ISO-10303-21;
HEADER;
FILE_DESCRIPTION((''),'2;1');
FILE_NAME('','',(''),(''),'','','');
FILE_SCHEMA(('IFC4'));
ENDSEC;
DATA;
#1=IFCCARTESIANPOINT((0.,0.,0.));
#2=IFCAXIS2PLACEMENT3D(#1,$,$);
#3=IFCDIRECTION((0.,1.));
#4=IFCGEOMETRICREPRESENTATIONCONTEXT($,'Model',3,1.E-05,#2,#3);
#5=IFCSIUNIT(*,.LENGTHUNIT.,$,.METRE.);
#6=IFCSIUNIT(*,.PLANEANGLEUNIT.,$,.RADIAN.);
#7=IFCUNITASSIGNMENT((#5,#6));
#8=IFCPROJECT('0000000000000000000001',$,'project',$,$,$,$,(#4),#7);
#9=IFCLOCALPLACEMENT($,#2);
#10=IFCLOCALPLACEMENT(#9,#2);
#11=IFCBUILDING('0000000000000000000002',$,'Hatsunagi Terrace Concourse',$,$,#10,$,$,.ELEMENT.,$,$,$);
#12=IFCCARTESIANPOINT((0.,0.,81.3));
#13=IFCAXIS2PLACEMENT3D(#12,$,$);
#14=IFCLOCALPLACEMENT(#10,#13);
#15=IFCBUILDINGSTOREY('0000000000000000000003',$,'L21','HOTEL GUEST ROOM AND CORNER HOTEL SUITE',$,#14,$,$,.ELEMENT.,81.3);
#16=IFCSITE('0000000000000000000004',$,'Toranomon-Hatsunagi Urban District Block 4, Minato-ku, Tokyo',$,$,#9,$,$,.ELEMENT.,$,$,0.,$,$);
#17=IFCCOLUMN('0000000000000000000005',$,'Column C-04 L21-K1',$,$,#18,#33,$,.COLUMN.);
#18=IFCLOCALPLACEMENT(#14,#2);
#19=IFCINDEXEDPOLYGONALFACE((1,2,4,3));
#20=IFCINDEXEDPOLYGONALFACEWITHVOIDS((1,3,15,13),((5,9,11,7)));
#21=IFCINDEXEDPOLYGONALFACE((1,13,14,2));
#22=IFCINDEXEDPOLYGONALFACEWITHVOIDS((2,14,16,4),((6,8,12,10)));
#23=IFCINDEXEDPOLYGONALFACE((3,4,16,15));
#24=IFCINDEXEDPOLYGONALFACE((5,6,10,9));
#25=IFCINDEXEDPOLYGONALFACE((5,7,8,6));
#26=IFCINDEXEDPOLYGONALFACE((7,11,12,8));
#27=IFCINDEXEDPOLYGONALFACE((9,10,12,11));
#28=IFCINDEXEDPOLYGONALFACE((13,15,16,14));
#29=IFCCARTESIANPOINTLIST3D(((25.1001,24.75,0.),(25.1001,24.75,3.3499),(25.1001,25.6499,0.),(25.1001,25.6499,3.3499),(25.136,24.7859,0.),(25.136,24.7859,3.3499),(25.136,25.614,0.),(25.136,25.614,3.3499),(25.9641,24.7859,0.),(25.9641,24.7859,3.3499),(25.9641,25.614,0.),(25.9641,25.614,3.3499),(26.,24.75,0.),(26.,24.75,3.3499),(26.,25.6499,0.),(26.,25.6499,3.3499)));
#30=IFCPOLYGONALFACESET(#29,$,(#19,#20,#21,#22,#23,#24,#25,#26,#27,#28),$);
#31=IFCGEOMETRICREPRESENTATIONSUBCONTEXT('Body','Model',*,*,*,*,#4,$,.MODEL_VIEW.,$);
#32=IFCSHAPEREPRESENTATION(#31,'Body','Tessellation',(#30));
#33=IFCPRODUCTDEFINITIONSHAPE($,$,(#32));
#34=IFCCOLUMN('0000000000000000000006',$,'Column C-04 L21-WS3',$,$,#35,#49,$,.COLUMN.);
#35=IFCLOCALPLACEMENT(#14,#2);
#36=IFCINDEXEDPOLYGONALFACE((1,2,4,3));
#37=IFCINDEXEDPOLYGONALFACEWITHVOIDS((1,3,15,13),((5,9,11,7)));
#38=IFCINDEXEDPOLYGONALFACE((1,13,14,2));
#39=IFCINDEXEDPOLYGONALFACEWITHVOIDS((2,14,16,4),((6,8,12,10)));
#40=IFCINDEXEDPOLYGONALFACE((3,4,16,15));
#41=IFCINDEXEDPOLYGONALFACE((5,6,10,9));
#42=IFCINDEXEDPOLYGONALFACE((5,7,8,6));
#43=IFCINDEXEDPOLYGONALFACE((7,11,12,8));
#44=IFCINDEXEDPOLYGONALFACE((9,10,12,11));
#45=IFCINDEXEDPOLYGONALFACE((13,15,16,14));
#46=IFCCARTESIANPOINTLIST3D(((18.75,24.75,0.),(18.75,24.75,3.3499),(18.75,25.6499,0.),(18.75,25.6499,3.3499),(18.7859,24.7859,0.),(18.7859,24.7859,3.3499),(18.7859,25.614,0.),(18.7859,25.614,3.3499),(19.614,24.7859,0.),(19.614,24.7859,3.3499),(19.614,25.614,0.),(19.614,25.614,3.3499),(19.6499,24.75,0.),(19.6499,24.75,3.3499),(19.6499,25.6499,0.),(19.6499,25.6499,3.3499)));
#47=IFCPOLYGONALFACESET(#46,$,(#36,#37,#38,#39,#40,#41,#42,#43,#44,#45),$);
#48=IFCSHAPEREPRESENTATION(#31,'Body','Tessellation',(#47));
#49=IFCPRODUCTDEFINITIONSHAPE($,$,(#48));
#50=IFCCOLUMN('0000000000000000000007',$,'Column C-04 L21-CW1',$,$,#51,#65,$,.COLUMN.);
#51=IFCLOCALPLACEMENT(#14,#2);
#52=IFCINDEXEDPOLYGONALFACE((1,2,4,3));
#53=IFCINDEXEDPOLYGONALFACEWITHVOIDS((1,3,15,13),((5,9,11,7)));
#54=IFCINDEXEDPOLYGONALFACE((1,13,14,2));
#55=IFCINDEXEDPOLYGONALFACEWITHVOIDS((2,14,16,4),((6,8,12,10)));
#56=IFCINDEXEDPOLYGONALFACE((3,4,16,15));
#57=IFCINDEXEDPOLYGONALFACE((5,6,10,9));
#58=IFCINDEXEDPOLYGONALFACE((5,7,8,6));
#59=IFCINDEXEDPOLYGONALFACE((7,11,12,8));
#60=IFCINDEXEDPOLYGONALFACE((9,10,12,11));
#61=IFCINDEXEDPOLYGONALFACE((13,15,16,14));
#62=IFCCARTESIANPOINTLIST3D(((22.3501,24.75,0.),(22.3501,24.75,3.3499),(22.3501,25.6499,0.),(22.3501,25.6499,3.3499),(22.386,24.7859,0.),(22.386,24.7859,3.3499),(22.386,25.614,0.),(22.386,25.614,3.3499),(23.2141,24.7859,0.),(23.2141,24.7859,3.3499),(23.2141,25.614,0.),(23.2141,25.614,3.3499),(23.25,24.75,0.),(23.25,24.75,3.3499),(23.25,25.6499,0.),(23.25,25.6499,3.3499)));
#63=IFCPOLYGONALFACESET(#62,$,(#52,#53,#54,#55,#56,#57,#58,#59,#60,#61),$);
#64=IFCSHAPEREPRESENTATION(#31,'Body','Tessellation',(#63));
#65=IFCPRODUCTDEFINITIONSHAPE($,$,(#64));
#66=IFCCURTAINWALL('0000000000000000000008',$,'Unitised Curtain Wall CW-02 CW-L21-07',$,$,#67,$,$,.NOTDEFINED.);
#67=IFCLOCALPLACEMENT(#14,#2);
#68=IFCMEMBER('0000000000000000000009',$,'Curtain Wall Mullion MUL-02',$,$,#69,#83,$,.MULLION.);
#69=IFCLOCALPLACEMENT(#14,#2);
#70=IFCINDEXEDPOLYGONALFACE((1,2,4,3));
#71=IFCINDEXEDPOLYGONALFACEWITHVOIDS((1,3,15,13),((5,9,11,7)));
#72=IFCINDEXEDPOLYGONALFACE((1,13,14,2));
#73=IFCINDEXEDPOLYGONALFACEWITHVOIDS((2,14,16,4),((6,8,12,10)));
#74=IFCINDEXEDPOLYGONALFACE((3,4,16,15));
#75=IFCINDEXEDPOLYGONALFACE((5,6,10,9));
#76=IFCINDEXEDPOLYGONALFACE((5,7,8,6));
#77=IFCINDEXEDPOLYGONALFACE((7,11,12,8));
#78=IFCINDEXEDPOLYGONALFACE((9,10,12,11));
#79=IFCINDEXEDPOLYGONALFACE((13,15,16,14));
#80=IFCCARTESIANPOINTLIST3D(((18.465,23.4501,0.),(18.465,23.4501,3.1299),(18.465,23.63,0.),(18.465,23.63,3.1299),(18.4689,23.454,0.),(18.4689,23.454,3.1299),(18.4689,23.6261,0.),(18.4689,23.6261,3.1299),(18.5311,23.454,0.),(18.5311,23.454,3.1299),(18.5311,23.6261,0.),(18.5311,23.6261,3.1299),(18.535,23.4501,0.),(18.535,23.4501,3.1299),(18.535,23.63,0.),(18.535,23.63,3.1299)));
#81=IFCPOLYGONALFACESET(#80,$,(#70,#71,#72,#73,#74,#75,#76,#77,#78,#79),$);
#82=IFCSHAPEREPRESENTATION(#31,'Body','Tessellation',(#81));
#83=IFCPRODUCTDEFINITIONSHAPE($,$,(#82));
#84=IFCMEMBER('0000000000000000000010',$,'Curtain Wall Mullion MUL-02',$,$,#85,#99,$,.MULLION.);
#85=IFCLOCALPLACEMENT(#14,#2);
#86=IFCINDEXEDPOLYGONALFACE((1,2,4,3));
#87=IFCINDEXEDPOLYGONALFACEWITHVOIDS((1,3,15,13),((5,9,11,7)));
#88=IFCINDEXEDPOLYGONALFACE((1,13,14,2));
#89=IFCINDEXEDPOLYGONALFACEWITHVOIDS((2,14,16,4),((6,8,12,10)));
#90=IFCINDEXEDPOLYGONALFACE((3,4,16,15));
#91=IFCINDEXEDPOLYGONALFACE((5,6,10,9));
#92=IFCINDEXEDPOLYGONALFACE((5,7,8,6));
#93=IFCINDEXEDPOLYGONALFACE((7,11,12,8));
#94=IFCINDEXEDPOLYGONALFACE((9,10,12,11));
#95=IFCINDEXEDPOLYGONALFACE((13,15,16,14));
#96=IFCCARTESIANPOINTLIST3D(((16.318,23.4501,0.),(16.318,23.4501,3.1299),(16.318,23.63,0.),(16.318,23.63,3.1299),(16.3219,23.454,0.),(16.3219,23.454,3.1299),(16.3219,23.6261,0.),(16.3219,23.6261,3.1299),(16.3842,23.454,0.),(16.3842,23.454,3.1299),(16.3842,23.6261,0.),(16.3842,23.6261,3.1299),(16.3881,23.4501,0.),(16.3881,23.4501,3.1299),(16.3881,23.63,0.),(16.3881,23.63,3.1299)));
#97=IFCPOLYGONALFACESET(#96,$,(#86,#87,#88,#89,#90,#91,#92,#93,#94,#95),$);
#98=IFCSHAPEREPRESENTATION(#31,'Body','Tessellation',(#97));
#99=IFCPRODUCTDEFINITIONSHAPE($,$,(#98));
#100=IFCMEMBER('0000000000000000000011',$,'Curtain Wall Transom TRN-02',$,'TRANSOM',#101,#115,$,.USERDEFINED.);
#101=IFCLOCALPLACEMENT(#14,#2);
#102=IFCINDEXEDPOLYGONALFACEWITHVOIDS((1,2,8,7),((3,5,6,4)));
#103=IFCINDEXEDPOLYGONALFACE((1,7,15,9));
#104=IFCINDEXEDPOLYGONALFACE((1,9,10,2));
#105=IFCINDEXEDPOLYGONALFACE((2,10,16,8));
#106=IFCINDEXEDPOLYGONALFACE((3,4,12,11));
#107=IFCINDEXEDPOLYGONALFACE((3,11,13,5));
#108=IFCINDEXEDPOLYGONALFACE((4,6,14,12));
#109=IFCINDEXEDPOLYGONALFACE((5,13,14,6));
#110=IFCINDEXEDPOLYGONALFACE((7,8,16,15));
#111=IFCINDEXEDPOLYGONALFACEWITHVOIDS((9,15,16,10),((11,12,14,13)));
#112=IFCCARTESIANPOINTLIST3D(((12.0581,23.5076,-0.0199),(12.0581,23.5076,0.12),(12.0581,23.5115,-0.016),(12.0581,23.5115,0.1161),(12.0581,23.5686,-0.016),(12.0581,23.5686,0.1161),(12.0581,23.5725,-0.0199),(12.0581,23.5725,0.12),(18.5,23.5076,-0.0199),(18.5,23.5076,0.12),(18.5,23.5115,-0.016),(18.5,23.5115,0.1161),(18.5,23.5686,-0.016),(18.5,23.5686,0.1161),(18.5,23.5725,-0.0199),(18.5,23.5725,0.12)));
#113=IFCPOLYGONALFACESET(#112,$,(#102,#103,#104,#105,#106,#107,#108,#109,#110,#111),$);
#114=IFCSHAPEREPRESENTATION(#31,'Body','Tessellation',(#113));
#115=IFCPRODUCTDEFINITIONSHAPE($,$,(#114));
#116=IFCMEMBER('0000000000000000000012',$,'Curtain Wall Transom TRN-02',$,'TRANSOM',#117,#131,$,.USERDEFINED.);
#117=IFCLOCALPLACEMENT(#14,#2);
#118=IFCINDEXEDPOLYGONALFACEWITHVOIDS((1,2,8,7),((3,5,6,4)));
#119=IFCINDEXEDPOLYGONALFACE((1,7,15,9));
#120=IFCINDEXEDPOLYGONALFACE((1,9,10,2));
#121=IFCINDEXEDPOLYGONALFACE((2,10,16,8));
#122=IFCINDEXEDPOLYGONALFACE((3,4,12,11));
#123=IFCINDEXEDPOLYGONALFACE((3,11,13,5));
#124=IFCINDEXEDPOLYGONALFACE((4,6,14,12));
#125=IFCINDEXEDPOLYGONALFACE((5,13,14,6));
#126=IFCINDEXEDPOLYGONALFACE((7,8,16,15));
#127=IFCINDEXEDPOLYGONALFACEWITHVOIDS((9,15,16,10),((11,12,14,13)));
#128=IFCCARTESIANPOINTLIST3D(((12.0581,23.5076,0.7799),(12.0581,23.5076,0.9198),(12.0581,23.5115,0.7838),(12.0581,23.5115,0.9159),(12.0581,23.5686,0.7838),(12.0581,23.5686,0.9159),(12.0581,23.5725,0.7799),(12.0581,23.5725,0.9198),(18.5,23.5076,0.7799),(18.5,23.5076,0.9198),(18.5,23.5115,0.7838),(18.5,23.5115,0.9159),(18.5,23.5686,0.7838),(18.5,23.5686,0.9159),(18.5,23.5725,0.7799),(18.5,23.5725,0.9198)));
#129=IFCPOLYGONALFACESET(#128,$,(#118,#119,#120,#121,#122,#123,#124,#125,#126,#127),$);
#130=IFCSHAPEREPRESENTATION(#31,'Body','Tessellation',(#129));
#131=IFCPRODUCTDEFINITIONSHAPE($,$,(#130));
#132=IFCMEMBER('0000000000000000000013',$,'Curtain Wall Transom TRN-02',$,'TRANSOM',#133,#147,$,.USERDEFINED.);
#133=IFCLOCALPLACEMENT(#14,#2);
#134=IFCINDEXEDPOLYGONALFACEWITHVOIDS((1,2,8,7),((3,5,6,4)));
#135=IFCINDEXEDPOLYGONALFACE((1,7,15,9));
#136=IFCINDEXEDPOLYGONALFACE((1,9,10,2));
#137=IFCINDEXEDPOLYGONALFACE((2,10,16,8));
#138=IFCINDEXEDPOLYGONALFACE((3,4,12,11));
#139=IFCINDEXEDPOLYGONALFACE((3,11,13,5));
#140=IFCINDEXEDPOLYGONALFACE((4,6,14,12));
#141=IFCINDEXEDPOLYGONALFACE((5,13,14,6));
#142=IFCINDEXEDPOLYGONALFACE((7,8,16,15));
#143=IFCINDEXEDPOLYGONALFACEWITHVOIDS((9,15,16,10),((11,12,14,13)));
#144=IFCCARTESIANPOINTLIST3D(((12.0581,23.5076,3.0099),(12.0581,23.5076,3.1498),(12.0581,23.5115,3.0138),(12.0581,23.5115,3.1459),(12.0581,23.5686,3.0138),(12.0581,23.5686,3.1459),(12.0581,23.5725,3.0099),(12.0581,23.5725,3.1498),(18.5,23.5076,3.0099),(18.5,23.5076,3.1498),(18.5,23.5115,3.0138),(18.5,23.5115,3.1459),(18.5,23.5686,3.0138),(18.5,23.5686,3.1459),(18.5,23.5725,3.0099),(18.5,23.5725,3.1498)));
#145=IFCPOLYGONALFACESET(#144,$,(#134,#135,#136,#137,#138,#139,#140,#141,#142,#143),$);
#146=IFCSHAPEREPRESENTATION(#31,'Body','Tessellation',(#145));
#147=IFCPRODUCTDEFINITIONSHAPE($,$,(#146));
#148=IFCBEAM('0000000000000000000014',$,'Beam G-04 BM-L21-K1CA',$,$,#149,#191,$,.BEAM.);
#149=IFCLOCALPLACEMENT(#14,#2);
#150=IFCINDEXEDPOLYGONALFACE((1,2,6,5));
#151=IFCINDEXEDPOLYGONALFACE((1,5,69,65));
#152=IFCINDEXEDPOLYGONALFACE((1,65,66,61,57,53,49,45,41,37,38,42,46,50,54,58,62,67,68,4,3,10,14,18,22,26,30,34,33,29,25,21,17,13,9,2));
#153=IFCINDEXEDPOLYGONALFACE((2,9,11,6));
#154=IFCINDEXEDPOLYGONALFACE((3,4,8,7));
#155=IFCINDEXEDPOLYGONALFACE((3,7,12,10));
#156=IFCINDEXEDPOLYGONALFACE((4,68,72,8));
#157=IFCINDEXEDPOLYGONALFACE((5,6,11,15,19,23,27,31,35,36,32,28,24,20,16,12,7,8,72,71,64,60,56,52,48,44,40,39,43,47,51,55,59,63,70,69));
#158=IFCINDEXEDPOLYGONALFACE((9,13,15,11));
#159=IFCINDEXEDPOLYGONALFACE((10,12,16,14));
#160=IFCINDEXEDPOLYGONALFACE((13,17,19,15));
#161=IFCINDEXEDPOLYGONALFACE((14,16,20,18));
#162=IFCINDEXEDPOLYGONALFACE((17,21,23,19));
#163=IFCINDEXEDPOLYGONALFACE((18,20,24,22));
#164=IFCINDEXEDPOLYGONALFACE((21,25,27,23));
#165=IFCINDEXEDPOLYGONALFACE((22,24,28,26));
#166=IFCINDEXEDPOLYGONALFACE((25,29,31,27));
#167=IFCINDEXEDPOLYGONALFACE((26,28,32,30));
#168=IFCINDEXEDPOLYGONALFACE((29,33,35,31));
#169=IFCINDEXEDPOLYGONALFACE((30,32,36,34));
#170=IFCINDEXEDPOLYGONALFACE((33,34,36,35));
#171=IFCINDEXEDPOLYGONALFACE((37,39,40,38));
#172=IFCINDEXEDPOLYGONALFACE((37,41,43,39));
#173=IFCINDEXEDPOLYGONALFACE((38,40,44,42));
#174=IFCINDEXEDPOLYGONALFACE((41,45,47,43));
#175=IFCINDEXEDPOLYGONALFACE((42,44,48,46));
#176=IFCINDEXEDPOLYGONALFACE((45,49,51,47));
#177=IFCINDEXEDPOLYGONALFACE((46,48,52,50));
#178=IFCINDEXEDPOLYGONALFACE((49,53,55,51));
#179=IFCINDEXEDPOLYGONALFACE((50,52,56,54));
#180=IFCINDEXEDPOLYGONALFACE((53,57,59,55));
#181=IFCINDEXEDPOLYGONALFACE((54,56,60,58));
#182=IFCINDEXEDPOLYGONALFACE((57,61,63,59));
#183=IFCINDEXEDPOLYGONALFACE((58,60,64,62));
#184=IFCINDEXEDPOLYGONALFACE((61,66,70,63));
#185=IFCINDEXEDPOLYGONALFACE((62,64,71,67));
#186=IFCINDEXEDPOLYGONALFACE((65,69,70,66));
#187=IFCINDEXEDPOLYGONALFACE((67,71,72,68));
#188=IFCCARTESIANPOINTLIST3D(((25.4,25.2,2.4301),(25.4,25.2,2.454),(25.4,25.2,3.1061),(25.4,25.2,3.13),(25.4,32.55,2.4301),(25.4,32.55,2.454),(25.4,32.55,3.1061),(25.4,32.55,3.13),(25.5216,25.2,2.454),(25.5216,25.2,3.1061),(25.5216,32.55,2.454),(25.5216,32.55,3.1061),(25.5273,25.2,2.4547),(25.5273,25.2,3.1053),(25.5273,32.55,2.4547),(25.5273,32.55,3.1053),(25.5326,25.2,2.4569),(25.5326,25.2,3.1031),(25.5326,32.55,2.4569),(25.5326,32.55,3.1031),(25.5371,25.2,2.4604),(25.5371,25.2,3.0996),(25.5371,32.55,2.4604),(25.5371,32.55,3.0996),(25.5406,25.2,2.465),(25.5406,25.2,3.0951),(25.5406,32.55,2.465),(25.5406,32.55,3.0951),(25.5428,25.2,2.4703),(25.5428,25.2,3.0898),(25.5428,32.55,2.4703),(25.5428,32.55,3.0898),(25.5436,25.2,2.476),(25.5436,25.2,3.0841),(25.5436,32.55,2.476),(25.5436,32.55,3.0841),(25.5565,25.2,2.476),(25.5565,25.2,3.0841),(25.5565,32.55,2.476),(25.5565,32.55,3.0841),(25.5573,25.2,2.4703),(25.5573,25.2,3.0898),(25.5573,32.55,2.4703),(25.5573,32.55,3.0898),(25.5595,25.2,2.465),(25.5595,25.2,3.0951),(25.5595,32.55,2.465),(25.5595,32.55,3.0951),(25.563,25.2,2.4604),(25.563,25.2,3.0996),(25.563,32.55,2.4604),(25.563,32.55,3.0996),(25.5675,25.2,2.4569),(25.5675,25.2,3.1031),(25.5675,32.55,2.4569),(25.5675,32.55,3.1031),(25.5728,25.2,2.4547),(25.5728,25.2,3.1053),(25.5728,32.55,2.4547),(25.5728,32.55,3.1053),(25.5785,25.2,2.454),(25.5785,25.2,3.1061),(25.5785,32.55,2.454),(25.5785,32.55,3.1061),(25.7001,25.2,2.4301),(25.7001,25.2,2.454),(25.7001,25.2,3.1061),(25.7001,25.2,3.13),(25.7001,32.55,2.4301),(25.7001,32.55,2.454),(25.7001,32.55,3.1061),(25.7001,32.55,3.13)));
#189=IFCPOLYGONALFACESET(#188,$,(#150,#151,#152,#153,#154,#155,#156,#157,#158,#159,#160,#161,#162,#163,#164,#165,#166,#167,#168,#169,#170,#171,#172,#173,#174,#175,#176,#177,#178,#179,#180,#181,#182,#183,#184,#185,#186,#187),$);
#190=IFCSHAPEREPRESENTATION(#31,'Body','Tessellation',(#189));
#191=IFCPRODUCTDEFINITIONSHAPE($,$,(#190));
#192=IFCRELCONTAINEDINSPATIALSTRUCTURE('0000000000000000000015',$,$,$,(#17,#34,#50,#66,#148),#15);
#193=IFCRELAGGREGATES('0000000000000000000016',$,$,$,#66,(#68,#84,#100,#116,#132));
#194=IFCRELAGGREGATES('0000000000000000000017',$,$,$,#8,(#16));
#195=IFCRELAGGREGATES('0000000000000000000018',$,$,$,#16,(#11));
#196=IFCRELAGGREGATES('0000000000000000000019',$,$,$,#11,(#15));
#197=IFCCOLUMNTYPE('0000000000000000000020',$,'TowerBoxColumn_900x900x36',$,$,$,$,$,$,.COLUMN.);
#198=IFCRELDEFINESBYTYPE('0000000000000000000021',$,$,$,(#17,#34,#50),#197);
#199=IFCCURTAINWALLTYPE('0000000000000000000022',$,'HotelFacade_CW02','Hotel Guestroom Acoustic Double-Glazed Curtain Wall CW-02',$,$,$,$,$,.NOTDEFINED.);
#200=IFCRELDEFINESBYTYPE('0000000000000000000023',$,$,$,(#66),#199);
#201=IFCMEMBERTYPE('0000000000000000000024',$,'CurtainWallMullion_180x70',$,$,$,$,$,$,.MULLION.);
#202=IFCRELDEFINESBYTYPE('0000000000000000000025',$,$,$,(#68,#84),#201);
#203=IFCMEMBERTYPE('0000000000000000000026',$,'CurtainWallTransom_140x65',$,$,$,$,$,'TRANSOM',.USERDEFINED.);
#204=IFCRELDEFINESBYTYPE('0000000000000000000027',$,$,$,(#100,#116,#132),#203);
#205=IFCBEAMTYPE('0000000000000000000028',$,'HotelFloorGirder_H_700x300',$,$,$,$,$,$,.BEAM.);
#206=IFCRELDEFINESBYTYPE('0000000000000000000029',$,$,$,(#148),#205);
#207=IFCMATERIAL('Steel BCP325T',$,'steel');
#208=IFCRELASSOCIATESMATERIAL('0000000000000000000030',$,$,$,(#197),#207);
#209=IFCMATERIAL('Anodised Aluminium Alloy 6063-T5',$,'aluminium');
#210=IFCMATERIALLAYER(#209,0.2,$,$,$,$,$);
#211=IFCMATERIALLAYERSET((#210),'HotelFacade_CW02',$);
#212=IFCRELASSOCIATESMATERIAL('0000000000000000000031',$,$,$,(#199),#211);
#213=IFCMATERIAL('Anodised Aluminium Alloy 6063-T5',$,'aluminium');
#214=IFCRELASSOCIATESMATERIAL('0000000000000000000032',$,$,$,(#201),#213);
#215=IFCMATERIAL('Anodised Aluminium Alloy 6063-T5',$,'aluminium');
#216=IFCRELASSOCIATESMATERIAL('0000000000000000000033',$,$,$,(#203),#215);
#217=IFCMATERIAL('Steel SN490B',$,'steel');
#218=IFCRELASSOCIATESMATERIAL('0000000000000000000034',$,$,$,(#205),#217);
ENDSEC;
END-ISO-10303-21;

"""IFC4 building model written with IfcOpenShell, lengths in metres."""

from ifc_helpers import new_model, si_unit, direction, frame, origin, origin_2d, place, context, subcontext, project, spatial, hollow_rectangle, i_section, extrude, material, layer, layer_set, material_profile, profile_set, type_object, element, aggregate, save


model = new_model("IFC4")

# Units and contexts
model_context = context("Model", 3, precision=1e-05, world=origin(), true_north=direction((0.0, 1.0)))
body_context = subcontext(model_context, "Body", "Model", "MODEL_VIEW")
ifc_project = project(units=[si_unit("LENGTHUNIT", "METRE"), si_unit("PLANEANGLEUNIT", "RADIAN")], contexts=[model_context])

# Site, building, storey
site_placement = place(None, origin())
site = spatial("IfcSite", under=ifc_project, at=site_placement, Name="Toranomon-Hatsunagi Urban District Block 4, Minato-ku, Tokyo", CompositionType="ELEMENT", RefElevation=0.0)
building_placement = place(site_placement, origin())
building = spatial("IfcBuilding", under=site, at=building_placement, Name="Hatsunagi Terrace Concourse", CompositionType="ELEMENT")
storey_placement = place(building_placement, frame((0.0, 0.0, 81.3)))
storey = spatial("IfcBuildingStorey", under=building, at=storey_placement, Name="L21", Description="HOTEL GUEST ROOM AND CORNER HOTEL SUITE", CompositionType="ELEMENT", Elevation=81.3)

# Columns
ifc_material_1 = material(Name="Steel BCP325T", Category="steel")
ifc_material_profile_1 = material_profile(ifc_material_1, hollow_rectangle(XDim=0.8999, YDim=0.8999, WallThickness=0.0359, at=origin_2d()), Name="BCP-900x900x36")
ifc_profile_set_1 = profile_set([ifc_material_profile_1], Name="Steel BCP325T")
column_type = type_object("IfcColumnType", Name="TowerBoxColumn_900x900x36", PredefinedType="COLUMN", material=ifc_profile_set_1)
for number, where, z_axis, x_axis, name in (
    (1, (25.55, 25.2, 0.0), (0.0, 0.0, 1.0), (1.0, 0.0, 0.0), "Column C-04 L21-K1"),
    (2, (19.2, 25.2, 0.0), (0.0, 0.0, 1.0), (1.0, 0.0, 0.0), "Column C-04 L21-WS3"),
    (3, (22.8, 25.2, 0.0), (0.0, 0.0, 1.0), (1.0, 0.0, 0.0), "Column C-04 L21-CW1"),
):
    element("IfcColumn", number, at=place(storey_placement, frame(where, z_axis=z_axis, x_axis=x_axis)), inside=storey, type_object=column_type, Name=name, PredefinedType="COLUMN", context=body_context, shape_type="SweptSolid", body=[
        extrude(hollow_rectangle(XDim=0.8999, YDim=0.8999, WallThickness=0.0359, at=origin_2d()), origin(), (0.0, 0.0, 1.0), 3.3499),
    ])

# Curtain wall, members
ifc_material_2 = material(Name="Anodised Aluminium Alloy 6063-T5", Category="aluminium")
ifc_layer_1 = layer(ifc_material_2, 0.2)
ifc_layer_set_1 = layer_set([ifc_layer_1], Name="HotelFacade_CW02")
curtain_wall_type = type_object("IfcCurtainWallType", Name="HotelFacade_CW02", Description="Hotel Guestroom Acoustic Double-Glazed Curtain Wall CW-02", PredefinedType="NOTDEFINED", material=ifc_layer_set_1)
curtain_wall_placement = place(storey_placement, origin())
curtain_wall = element("IfcCurtainWall", 4, at=curtain_wall_placement, inside=storey, type_object=curtain_wall_type, Name="Unitised Curtain Wall CW-02 CW-L21-07", PredefinedType="NOTDEFINED")
ifc_material_3 = material(Name="Anodised Aluminium Alloy 6063-T5", Category="aluminium")
ifc_material_profile_2 = material_profile(ifc_material_3, hollow_rectangle(XDim=0.0701, YDim=0.1799, WallThickness=0.0039, at=origin_2d()), Name="ALU-MUL-180x70x4")
ifc_profile_set_2 = profile_set([ifc_material_profile_2], Name="Anodised Aluminium Alloy 6063-T5")
member_type_1 = type_object("IfcMemberType", Name="CurtainWallMullion_180x70", PredefinedType="MULLION", material=ifc_profile_set_2)
member_1_placement = place(storey_placement, frame((18.5, 23.54, 0.0), z_axis=(0.0, 0.0, 1.0), x_axis=(-1.0, 0.0, 0.0)))
member_1 = element("IfcMember", 5, at=member_1_placement, type_object=member_type_1, Name="Curtain Wall Mullion MUL-02", PredefinedType="MULLION", context=body_context, shape_type="SweptSolid", body=[
    extrude(hollow_rectangle(XDim=0.0701, YDim=0.1799, WallThickness=0.0039, at=origin_2d()), origin(), (0.0, 0.0, 1.0), 3.1299),
])
member_2_placement = place(storey_placement, frame((16.353, 23.54, 0.0), z_axis=(0.0, 0.0, 1.0), x_axis=(-1.0, 0.0, 0.0)))
member_2 = element("IfcMember", 6, at=member_2_placement, type_object=member_type_1, Name="Curtain Wall Mullion MUL-02", PredefinedType="MULLION", context=body_context, shape_type="SweptSolid", body=[
    extrude(hollow_rectangle(XDim=0.0701, YDim=0.1799, WallThickness=0.0039, at=origin_2d()), origin(), (0.0, 0.0, 1.0), 3.1299),
])
ifc_material_4 = material(Name="Anodised Aluminium Alloy 6063-T5", Category="aluminium")
ifc_material_profile_3 = material_profile(ifc_material_4, hollow_rectangle(XDim=0.0649, YDim=0.1399, WallThickness=0.0039, at=origin_2d()), Name="ALU-TRN-140x65x4")
ifc_profile_set_3 = profile_set([ifc_material_profile_3], Name="Anodised Aluminium Alloy 6063-T5")
member_type_2 = type_object("IfcMemberType", Name="CurtainWallTransom_140x65", ElementType="TRANSOM", PredefinedType="USERDEFINED", material=ifc_profile_set_3)
member_3_placement = place(storey_placement, frame((18.5, 23.54, 0.05), z_axis=(-1.0, 0.0, 0.0), x_axis=(0.0, -1.0, 0.0)))
member_3 = element("IfcMember", 7, at=member_3_placement, type_object=member_type_2, Name="Curtain Wall Transom TRN-02", ObjectType="TRANSOM", PredefinedType="USERDEFINED", context=body_context, shape_type="SweptSolid", body=[
    extrude(hollow_rectangle(XDim=0.0649, YDim=0.1399, WallThickness=0.0039, at=origin_2d()), origin(), (0.0, 0.0, 1.0), 6.4419),
])
member_4_placement = place(storey_placement, frame((18.5, 23.54, 0.8499), z_axis=(-1.0, 0.0, 0.0), x_axis=(0.0, -1.0, 0.0)))
member_4 = element("IfcMember", 8, at=member_4_placement, type_object=member_type_2, Name="Curtain Wall Transom TRN-02", ObjectType="TRANSOM", PredefinedType="USERDEFINED", context=body_context, shape_type="SweptSolid", body=[
    extrude(hollow_rectangle(XDim=0.0649, YDim=0.1399, WallThickness=0.0039, at=origin_2d()), origin(), (0.0, 0.0, 1.0), 6.4419),
])
member_5_placement = place(storey_placement, frame((18.5, 23.54, 3.0798), z_axis=(-1.0, 0.0, 0.0), x_axis=(0.0, -1.0, 0.0)))
member_5 = element("IfcMember", 9, at=member_5_placement, type_object=member_type_2, Name="Curtain Wall Transom TRN-02", ObjectType="TRANSOM", PredefinedType="USERDEFINED", context=body_context, shape_type="SweptSolid", body=[
    extrude(hollow_rectangle(XDim=0.0649, YDim=0.1399, WallThickness=0.0039, at=origin_2d()), origin(), (0.0, 0.0, 1.0), 6.4419),
])

# Beam
ifc_material_5 = material(Name="Steel SN490B", Category="steel")
ifc_material_profile_4 = material_profile(ifc_material_5, i_section(OverallWidth=0.3, OverallDepth=0.7, WebThickness=0.0129, FlangeThickness=0.0239, FilletRadius=0.022, at=origin_2d()), Name="H-700x300x13x24")
ifc_profile_set_4 = profile_set([ifc_material_profile_4], Name="Steel SN490B")
beam_type_1 = type_object("IfcBeamType", Name="HotelFloorGirder_H_700x300", PredefinedType="BEAM", material=ifc_profile_set_4)
beam_1_placement = place(storey_placement, frame((25.55, 25.2, 2.78), z_axis=(0.0, 1.0, 0.0), x_axis=(-1.0, 0.0, 0.0)))
element("IfcBeam", 10, at=beam_1_placement, inside=storey, type_object=beam_type_1, Name="Beam G-04 BM-L21-K1CA", PredefinedType="BEAM", context=body_context, shape_type="SweptSolid", body=[
    extrude(i_section(OverallWidth=0.3, OverallDepth=0.7, WebThickness=0.0129, FlangeThickness=0.0239, FilletRadius=0.022, at=origin_2d()), origin(), (0.0, 0.0, 1.0), 7.3501),
])

aggregate(curtain_wall, [member_1, member_2, member_3, member_4, member_5])

save(model, "model.ifc")
